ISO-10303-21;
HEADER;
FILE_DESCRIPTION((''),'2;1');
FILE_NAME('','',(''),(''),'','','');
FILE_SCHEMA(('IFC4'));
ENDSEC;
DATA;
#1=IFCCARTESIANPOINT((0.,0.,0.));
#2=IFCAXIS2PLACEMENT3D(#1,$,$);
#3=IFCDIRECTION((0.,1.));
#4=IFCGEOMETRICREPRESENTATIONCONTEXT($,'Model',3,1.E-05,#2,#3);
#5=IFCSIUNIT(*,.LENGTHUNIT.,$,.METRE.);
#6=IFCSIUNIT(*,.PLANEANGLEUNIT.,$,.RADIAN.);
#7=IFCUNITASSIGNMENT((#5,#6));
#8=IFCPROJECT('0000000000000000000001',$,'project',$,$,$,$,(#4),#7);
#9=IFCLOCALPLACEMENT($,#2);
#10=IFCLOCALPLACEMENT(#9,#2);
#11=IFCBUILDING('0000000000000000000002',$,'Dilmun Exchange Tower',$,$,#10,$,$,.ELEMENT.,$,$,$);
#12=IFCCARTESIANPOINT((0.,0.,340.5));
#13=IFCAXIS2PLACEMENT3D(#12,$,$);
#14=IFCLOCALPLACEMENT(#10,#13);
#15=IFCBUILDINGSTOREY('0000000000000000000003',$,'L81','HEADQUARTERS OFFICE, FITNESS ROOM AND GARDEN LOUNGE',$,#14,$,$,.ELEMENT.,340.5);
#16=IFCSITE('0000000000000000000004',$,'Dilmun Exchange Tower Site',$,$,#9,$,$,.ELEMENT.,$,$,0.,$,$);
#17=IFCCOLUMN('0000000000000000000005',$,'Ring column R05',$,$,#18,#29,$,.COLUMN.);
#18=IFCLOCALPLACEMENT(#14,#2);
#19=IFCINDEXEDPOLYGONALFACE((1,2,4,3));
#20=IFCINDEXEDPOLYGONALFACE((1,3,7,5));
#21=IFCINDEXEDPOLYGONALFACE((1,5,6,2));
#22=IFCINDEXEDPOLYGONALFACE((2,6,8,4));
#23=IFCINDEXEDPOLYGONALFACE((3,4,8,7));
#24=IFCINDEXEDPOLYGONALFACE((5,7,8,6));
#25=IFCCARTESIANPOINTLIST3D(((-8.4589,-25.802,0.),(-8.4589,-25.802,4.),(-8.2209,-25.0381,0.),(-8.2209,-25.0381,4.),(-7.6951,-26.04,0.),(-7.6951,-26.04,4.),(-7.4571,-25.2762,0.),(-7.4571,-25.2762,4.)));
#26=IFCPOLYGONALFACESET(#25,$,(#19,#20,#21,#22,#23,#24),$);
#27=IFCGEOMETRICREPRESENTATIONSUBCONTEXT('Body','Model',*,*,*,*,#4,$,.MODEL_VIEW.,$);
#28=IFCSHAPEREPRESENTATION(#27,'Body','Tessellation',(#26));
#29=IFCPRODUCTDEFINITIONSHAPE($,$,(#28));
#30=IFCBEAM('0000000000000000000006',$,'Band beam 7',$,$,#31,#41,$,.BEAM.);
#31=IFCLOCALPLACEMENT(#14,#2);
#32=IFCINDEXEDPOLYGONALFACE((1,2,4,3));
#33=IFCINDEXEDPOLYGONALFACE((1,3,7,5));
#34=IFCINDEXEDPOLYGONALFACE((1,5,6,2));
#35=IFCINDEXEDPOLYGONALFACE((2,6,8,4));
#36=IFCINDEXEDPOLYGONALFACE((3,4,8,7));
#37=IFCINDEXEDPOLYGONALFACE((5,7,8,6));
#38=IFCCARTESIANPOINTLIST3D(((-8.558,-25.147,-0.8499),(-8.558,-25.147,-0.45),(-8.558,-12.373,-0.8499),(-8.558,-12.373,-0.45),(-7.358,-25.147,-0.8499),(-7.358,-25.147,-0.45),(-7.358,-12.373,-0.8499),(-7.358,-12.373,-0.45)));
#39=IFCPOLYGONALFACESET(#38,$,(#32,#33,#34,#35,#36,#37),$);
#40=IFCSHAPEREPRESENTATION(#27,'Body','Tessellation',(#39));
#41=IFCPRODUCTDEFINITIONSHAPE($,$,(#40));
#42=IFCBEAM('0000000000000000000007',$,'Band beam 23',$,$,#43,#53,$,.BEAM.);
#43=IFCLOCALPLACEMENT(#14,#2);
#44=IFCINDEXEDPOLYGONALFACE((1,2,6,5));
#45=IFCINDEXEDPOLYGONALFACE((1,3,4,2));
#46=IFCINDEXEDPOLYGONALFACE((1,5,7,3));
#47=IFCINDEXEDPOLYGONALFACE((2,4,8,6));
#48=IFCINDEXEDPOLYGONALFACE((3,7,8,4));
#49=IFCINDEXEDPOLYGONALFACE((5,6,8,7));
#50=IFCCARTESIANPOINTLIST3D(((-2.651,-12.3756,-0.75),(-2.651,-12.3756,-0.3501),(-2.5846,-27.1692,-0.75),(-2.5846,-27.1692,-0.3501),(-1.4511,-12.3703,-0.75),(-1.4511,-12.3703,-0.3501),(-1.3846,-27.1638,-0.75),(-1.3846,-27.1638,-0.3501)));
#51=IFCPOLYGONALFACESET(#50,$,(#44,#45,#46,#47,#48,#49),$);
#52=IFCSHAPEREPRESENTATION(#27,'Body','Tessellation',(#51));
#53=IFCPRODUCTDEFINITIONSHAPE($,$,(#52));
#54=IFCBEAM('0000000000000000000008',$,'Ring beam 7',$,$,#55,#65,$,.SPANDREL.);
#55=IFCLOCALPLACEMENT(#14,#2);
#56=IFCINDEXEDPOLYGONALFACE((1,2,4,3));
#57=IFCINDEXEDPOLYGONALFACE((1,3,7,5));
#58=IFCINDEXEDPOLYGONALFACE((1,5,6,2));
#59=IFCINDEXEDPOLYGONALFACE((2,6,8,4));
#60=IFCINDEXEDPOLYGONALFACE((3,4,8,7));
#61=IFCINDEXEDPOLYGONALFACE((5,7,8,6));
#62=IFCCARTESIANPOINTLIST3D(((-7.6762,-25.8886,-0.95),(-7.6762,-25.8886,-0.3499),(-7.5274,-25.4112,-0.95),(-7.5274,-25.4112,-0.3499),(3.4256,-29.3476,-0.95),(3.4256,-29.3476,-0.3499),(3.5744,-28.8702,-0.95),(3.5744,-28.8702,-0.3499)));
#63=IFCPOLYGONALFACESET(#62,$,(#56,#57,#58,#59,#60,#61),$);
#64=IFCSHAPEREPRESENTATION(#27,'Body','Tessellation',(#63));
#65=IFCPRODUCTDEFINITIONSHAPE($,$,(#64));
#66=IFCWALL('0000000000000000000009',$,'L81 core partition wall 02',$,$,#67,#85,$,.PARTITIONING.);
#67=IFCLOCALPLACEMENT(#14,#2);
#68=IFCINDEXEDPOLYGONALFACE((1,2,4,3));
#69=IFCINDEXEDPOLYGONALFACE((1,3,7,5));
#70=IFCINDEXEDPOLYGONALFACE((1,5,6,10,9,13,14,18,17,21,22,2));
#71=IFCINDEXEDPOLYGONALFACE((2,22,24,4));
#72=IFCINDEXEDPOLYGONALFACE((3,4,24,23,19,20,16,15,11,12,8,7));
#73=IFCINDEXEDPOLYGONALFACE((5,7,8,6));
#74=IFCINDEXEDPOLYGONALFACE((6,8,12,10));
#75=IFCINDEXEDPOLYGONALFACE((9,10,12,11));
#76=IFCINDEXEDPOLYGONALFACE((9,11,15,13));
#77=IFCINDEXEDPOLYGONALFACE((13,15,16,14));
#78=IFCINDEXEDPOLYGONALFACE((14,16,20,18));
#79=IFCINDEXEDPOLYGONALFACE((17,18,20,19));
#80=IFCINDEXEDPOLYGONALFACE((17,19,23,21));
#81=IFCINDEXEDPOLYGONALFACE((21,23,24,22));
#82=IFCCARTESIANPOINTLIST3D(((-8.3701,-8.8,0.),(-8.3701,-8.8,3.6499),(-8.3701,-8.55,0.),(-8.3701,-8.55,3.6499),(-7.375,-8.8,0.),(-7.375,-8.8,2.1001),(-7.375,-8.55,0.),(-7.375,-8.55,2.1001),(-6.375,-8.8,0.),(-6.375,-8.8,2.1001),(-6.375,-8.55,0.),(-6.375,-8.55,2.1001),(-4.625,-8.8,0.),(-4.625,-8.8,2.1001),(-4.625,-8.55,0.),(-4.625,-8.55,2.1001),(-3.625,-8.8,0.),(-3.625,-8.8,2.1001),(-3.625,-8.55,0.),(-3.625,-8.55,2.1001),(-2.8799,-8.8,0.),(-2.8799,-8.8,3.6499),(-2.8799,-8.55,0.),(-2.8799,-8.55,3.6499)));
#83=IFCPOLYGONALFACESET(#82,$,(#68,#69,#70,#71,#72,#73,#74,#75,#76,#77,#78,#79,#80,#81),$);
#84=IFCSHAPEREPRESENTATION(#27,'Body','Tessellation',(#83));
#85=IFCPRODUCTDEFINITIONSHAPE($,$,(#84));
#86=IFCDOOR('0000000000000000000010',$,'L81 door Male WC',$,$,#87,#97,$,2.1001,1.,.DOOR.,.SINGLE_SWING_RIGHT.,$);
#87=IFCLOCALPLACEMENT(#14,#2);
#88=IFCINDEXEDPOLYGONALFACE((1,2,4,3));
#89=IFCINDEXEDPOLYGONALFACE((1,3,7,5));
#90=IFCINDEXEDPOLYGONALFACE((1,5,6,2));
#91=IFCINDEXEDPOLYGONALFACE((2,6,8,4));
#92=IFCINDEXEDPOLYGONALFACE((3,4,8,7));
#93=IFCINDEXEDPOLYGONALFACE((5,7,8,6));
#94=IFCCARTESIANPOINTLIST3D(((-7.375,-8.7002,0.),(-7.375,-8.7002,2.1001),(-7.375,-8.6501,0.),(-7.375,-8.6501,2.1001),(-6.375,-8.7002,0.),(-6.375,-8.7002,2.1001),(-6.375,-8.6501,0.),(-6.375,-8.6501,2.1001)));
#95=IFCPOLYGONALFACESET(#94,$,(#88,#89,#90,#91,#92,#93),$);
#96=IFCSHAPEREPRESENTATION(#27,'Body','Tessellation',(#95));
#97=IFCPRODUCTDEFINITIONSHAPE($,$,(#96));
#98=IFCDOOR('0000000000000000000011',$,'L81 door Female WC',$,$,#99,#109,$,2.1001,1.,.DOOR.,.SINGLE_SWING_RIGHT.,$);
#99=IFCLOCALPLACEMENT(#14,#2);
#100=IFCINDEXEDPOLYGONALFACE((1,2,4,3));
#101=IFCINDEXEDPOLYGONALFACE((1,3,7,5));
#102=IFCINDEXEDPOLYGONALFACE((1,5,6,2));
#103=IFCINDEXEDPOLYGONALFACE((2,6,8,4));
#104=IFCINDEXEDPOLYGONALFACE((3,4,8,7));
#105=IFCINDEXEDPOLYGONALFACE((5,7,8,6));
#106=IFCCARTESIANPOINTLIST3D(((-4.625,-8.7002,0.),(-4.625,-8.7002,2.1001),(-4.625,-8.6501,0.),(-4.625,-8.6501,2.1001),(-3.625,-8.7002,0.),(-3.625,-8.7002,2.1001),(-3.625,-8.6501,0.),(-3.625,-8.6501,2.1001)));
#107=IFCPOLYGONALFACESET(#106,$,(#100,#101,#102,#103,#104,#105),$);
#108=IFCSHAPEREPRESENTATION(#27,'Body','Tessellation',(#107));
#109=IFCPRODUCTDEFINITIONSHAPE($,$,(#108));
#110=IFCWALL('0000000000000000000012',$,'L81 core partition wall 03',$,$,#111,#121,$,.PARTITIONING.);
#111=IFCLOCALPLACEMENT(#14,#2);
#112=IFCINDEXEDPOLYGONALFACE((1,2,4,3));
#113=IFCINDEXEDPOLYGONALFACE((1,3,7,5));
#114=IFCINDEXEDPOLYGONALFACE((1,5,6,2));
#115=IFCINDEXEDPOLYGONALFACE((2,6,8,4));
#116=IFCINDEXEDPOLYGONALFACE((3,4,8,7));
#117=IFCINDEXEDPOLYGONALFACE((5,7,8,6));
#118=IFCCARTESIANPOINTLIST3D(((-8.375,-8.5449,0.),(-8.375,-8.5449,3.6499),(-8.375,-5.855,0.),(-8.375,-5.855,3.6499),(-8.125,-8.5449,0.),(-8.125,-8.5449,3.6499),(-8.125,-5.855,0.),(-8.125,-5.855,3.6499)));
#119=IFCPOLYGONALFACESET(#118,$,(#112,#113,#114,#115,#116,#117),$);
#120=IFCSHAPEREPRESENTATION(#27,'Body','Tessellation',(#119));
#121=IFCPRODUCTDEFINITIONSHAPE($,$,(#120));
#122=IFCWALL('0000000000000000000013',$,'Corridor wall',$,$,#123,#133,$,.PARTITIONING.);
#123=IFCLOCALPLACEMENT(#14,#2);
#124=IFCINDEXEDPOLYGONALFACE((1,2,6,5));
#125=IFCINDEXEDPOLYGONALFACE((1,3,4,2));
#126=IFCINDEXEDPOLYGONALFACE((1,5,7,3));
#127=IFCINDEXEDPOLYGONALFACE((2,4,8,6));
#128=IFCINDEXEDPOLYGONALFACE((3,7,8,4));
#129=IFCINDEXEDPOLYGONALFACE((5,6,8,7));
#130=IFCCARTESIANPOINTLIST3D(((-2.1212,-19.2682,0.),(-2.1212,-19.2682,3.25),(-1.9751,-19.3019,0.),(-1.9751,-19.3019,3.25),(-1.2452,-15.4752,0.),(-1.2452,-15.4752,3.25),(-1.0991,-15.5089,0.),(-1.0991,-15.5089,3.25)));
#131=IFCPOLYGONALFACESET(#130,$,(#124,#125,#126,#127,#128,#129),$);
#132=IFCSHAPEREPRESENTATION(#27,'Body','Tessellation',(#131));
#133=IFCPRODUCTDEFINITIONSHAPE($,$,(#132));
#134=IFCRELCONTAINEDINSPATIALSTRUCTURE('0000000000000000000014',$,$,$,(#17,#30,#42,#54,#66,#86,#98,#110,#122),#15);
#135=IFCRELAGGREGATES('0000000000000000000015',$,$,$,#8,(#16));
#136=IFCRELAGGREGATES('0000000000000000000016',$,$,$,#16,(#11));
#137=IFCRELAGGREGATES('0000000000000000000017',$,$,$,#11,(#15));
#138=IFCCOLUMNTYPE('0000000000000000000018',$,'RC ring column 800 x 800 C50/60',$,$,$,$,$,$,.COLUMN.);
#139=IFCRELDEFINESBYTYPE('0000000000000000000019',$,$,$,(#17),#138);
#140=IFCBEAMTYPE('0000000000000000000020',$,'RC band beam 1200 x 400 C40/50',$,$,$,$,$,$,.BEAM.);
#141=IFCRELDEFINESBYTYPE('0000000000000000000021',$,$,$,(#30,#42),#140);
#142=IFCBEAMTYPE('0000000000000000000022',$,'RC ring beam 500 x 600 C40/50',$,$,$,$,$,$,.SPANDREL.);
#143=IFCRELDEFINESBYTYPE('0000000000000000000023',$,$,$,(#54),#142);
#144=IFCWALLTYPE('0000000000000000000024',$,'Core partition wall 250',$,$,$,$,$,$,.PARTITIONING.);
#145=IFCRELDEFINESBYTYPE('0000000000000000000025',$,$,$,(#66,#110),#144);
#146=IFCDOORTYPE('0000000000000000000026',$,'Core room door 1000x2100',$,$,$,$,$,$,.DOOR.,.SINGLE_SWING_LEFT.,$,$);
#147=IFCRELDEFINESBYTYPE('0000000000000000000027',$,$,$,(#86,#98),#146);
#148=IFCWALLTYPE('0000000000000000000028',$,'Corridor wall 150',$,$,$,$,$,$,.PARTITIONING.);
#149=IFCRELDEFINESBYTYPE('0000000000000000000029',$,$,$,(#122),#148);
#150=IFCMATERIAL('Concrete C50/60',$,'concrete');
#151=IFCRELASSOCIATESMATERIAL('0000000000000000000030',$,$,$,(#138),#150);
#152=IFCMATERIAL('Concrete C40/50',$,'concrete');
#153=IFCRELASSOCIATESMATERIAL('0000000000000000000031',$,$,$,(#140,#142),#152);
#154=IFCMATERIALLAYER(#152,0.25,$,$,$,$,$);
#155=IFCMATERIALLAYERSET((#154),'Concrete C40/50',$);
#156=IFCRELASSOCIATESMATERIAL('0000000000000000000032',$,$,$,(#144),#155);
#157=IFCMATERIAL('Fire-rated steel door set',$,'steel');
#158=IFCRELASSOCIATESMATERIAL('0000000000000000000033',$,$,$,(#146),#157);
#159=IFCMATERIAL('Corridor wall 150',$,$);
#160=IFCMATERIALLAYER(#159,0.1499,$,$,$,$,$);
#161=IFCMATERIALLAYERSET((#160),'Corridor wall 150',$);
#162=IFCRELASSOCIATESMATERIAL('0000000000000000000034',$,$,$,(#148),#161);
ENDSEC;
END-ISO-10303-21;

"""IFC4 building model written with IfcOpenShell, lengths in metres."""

from ifc_helpers import new_model, si_unit, direction, frame, frame_2d, origin, origin_2d, place, context, subcontext, project, spatial, rectangle, extrude, material, layer, layer_set, material_profile, profile_set, type_object, element, fill, save


model = new_model("IFC4")

# Units and contexts
model_context = context("Model", 3, precision=1e-05, world=origin(), true_north=direction((0.0, 1.0)))
body_context = subcontext(model_context, "Body", "Model", "MODEL_VIEW")
ifc_project = project(units=[si_unit("LENGTHUNIT", "METRE"), si_unit("PLANEANGLEUNIT", "RADIAN")], contexts=[model_context])

# Site, building, storey
site_placement = place(None, origin())
site = spatial("IfcSite", under=ifc_project, at=site_placement, Name="Dilmun Exchange Tower Site", CompositionType="ELEMENT", RefElevation=0.0)
building_placement = place(site_placement, origin())
building = spatial("IfcBuilding", under=site, at=building_placement, Name="Dilmun Exchange Tower", CompositionType="ELEMENT")
storey_placement = place(building_placement, frame((0.0, 0.0, 340.5)))
storey = spatial("IfcBuildingStorey", under=building, at=storey_placement, Name="L81", Description="HEADQUARTERS OFFICE, FITNESS ROOM AND GARDEN LOUNGE", CompositionType="ELEMENT", Elevation=340.5)

# Column
ifc_material_1 = material(Name="Concrete C50/60", Category="concrete")
ifc_material_profile_1 = material_profile(ifc_material_1, rectangle(XDim=0.8, YDim=0.8, at=origin_2d()), Name="800 x 800")
ifc_profile_set_1 = profile_set([ifc_material_profile_1], Name="Concrete C50/60")
column_type = type_object("IfcColumnType", Name="RC ring column 800 x 800 C50/60", PredefinedType="COLUMN", material=ifc_profile_set_1)
column_placement = place(storey_placement, frame((-7.958, -25.5391, 0.0), z_axis=(0.0, 0.0, 1.0), x_axis=(0.297503, 0.954721, 0.0)))
element("IfcColumn", 1, at=column_placement, inside=storey, type_object=column_type, Name="Ring column R05", PredefinedType="COLUMN", context=body_context, shape_type="SweptSolid", body=[
    extrude(rectangle(XDim=0.8, YDim=0.8, at=origin_2d()), origin(), (0.0, 0.0, 1.0), 4.0),
])

# Beams
ifc_material_2 = material(Name="Concrete C40/50", Category="concrete")
ifc_material_profile_2 = material_profile(ifc_material_2, rectangle(XDim=1.2, YDim=0.3999, at=origin_2d()), Name="1200 x 400")
ifc_profile_set_2 = profile_set([ifc_material_profile_2], Name="Concrete C40/50")
beam_type_1 = type_object("IfcBeamType", Name="RC band beam 1200 x 400 C40/50", PredefinedType="BEAM", material=ifc_profile_set_2)
beam_1_placement = place(storey_placement, frame((-7.958, -25.147, -0.6499), z_axis=(0.0, 1.0, 0.0), x_axis=(-1.0, 0.0, 0.0)))
element("IfcBeam", 2, at=beam_1_placement, inside=storey, type_object=beam_type_1, Name="Band beam 7", PredefinedType="BEAM", context=body_context, shape_type="SweptSolid", body=[
    extrude(rectangle(XDim=1.2, YDim=0.3999, at=origin_2d()), origin(), (0.0, 0.0, 1.0), 12.7739),
])
beam_2_placement = place(storey_placement, frame((-1.9846, -27.1665, -0.55), z_axis=(-0.004489, 0.99999, 0.0), x_axis=(-0.99999, -0.004489, 0.0)))
element("IfcBeam", 3, at=beam_2_placement, inside=storey, type_object=beam_type_1, Name="Band beam 23", PredefinedType="BEAM", context=body_context, shape_type="SweptSolid", body=[
    extrude(rectangle(XDim=1.2, YDim=0.3999, at=origin_2d()), origin(), (0.0, 0.0, 1.0), 14.7937),
])
ifc_material_profile_3 = material_profile(ifc_material_2, rectangle(XDim=0.5, YDim=0.6001, at=origin_2d()), Name="500 x 600")
ifc_profile_set_3 = profile_set([ifc_material_profile_3], Name="Concrete C40/50")
beam_type_2 = type_object("IfcBeamType", Name="RC ring beam 500 x 600 C40/50", PredefinedType="SPANDREL", material=ifc_profile_set_3)
beam_3_placement = place(storey_placement, frame((-7.6018, -25.6499, -0.6499), z_axis=(0.954733, -0.297466, 0.0), x_axis=(0.297466, 0.954733, 0.0)))
element("IfcBeam", 4, at=beam_3_placement, inside=storey, type_object=beam_type_2, Name="Ring beam 7", PredefinedType="SPANDREL", context=body_context, shape_type="SweptSolid", body=[
    extrude(rectangle(XDim=0.5, YDim=0.6001, at=origin_2d()), origin(), (0.0, 0.0, 1.0), 11.6282),
])

# Wall, openings, doors
ifc_layer_1 = layer(ifc_material_2, 0.25)
ifc_layer_set_1 = layer_set([ifc_layer_1], Name="Concrete C40/50")
wall_type_1 = type_object("IfcWallType", Name="Core partition wall 250", PredefinedType="PARTITIONING", material=ifc_layer_set_1)
wall_1_placement = place(storey_placement, frame((-8.3701, -8.675, 0.0), z_axis=(0.0, 0.0, 1.0), x_axis=(1.0, 0.0, 0.0)))
wall_1 = element("IfcWall", 5, at=wall_1_placement, inside=storey, type_object=wall_type_1, Name="L81 core partition wall 02", PredefinedType="PARTITIONING", context=body_context, shape_type="SweptSolid", body=[
    extrude(rectangle(XDim=5.4902, YDim=0.25, at=frame_2d((2.7451, 0.0))), origin(), (0.0, 0.0, 1.0), 3.6499),
])
opening_1_placement = place(wall_1_placement, frame((0.9951, 0.0, 0.0)))
opening_1 = element("IfcOpeningElement", 6, at=opening_1_placement, cuts=wall_1, PredefinedType="OPENING", context=body_context, shape_type="SweptSolid", body=[
    extrude(rectangle(XDim=1.0, YDim=2.1001, at=frame_2d((0.5, 1.05))), frame((0.0, 0.135, 0.0), z_axis=(0.0, -1.0, 0.0), x_axis=(1.0, 0.0, 0.0)), (0.0, 0.0, 1.0), 0.27),
])
opening_2_placement = place(wall_1_placement, frame((3.7451, 0.0, 0.0)))
opening_2 = element("IfcOpeningElement", 7, at=opening_2_placement, cuts=wall_1, PredefinedType="OPENING", context=body_context, shape_type="SweptSolid", body=[
    extrude(rectangle(XDim=1.0, YDim=2.1001, at=frame_2d((0.5, 1.05))), frame((0.0, 0.135, 0.0), z_axis=(0.0, -1.0, 0.0), x_axis=(1.0, 0.0, 0.0)), (0.0, 0.0, 1.0), 0.27),
])
ifc_material_3 = material(Name="Fire-rated steel door set", Category="steel")
door_type_1 = type_object("IfcDoorType", Name="Core room door 1000x2100", OperationType="SINGLE_SWING_LEFT", PredefinedType="DOOR", material=ifc_material_3)
door_1_placement = place(opening_1_placement, origin())
door_1 = element("IfcDoor", 8, at=door_1_placement, inside=storey, type_object=door_type_1, Name="L81 door Male WC", OperationType="SINGLE_SWING_RIGHT", OverallHeight=2.1001, OverallWidth=1.0, PredefinedType="DOOR", context=body_context, shape_type="SweptSolid", body=[
    extrude(rectangle(XDim=1.0, YDim=2.1001, at=frame_2d((0.5, 1.05))), frame((0.0, 0.0249, 0.0), z_axis=(0.0, -1.0, 0.0), x_axis=(1.0, 0.0, 0.0)), (0.0, 0.0, 1.0), 0.05),
])
fill(opening_1, door_1)
door_2_placement = place(opening_2_placement, origin())
door_2 = element("IfcDoor", 9, at=door_2_placement, inside=storey, type_object=door_type_1, Name="L81 door Female WC", OperationType="SINGLE_SWING_RIGHT", OverallHeight=2.1001, OverallWidth=1.0, PredefinedType="DOOR", context=body_context, shape_type="SweptSolid", body=[
    extrude(rectangle(XDim=1.0, YDim=2.1001, at=frame_2d((0.5, 1.05))), frame((0.0, 0.0249, 0.0), z_axis=(0.0, -1.0, 0.0), x_axis=(1.0, 0.0, 0.0)), (0.0, 0.0, 1.0), 0.05),
])
fill(opening_2, door_2)

# Walls
wall_2_placement = place(storey_placement, frame((-8.25, -8.5449, 0.0), z_axis=(0.0, 0.0, 1.0), x_axis=(0.0, 1.0, 0.0)))
element("IfcWall", 10, at=wall_2_placement, inside=storey, type_object=wall_type_1, Name="L81 core partition wall 03", PredefinedType="PARTITIONING", context=body_context, shape_type="SweptSolid", body=[
    extrude(rectangle(XDim=2.6899, YDim=0.25, at=frame_2d((1.345, 0.0))), origin(), (0.0, 0.0, 1.0), 3.6499),
])
ifc_material_4 = material(Name="Corridor wall 150")
ifc_layer_2 = layer(ifc_material_4, 0.1499)
ifc_layer_set_2 = layer_set([ifc_layer_2], Name="Corridor wall 150")
wall_type_2 = type_object("IfcWallType", Name="Corridor wall 150", PredefinedType="PARTITIONING", material=ifc_layer_set_2)
wall_3_placement = place(storey_placement, frame((-2.0481, -19.2849, 0.0), z_axis=(0.0, 0.0, 1.0), x_axis=(0.225024, 0.974353, 0.0)))
element("IfcWall", 11, at=wall_3_placement, inside=storey, type_object=wall_type_2, Name="Corridor wall", PredefinedType="PARTITIONING", context=body_context, shape_type="SweptSolid", body=[
    extrude(rectangle(XDim=3.8928, YDim=0.1499, at=frame_2d((1.9463, 0.0))), origin(), (0.0, 0.0, 1.0), 3.25),
])

save(model, "model.ifc")
